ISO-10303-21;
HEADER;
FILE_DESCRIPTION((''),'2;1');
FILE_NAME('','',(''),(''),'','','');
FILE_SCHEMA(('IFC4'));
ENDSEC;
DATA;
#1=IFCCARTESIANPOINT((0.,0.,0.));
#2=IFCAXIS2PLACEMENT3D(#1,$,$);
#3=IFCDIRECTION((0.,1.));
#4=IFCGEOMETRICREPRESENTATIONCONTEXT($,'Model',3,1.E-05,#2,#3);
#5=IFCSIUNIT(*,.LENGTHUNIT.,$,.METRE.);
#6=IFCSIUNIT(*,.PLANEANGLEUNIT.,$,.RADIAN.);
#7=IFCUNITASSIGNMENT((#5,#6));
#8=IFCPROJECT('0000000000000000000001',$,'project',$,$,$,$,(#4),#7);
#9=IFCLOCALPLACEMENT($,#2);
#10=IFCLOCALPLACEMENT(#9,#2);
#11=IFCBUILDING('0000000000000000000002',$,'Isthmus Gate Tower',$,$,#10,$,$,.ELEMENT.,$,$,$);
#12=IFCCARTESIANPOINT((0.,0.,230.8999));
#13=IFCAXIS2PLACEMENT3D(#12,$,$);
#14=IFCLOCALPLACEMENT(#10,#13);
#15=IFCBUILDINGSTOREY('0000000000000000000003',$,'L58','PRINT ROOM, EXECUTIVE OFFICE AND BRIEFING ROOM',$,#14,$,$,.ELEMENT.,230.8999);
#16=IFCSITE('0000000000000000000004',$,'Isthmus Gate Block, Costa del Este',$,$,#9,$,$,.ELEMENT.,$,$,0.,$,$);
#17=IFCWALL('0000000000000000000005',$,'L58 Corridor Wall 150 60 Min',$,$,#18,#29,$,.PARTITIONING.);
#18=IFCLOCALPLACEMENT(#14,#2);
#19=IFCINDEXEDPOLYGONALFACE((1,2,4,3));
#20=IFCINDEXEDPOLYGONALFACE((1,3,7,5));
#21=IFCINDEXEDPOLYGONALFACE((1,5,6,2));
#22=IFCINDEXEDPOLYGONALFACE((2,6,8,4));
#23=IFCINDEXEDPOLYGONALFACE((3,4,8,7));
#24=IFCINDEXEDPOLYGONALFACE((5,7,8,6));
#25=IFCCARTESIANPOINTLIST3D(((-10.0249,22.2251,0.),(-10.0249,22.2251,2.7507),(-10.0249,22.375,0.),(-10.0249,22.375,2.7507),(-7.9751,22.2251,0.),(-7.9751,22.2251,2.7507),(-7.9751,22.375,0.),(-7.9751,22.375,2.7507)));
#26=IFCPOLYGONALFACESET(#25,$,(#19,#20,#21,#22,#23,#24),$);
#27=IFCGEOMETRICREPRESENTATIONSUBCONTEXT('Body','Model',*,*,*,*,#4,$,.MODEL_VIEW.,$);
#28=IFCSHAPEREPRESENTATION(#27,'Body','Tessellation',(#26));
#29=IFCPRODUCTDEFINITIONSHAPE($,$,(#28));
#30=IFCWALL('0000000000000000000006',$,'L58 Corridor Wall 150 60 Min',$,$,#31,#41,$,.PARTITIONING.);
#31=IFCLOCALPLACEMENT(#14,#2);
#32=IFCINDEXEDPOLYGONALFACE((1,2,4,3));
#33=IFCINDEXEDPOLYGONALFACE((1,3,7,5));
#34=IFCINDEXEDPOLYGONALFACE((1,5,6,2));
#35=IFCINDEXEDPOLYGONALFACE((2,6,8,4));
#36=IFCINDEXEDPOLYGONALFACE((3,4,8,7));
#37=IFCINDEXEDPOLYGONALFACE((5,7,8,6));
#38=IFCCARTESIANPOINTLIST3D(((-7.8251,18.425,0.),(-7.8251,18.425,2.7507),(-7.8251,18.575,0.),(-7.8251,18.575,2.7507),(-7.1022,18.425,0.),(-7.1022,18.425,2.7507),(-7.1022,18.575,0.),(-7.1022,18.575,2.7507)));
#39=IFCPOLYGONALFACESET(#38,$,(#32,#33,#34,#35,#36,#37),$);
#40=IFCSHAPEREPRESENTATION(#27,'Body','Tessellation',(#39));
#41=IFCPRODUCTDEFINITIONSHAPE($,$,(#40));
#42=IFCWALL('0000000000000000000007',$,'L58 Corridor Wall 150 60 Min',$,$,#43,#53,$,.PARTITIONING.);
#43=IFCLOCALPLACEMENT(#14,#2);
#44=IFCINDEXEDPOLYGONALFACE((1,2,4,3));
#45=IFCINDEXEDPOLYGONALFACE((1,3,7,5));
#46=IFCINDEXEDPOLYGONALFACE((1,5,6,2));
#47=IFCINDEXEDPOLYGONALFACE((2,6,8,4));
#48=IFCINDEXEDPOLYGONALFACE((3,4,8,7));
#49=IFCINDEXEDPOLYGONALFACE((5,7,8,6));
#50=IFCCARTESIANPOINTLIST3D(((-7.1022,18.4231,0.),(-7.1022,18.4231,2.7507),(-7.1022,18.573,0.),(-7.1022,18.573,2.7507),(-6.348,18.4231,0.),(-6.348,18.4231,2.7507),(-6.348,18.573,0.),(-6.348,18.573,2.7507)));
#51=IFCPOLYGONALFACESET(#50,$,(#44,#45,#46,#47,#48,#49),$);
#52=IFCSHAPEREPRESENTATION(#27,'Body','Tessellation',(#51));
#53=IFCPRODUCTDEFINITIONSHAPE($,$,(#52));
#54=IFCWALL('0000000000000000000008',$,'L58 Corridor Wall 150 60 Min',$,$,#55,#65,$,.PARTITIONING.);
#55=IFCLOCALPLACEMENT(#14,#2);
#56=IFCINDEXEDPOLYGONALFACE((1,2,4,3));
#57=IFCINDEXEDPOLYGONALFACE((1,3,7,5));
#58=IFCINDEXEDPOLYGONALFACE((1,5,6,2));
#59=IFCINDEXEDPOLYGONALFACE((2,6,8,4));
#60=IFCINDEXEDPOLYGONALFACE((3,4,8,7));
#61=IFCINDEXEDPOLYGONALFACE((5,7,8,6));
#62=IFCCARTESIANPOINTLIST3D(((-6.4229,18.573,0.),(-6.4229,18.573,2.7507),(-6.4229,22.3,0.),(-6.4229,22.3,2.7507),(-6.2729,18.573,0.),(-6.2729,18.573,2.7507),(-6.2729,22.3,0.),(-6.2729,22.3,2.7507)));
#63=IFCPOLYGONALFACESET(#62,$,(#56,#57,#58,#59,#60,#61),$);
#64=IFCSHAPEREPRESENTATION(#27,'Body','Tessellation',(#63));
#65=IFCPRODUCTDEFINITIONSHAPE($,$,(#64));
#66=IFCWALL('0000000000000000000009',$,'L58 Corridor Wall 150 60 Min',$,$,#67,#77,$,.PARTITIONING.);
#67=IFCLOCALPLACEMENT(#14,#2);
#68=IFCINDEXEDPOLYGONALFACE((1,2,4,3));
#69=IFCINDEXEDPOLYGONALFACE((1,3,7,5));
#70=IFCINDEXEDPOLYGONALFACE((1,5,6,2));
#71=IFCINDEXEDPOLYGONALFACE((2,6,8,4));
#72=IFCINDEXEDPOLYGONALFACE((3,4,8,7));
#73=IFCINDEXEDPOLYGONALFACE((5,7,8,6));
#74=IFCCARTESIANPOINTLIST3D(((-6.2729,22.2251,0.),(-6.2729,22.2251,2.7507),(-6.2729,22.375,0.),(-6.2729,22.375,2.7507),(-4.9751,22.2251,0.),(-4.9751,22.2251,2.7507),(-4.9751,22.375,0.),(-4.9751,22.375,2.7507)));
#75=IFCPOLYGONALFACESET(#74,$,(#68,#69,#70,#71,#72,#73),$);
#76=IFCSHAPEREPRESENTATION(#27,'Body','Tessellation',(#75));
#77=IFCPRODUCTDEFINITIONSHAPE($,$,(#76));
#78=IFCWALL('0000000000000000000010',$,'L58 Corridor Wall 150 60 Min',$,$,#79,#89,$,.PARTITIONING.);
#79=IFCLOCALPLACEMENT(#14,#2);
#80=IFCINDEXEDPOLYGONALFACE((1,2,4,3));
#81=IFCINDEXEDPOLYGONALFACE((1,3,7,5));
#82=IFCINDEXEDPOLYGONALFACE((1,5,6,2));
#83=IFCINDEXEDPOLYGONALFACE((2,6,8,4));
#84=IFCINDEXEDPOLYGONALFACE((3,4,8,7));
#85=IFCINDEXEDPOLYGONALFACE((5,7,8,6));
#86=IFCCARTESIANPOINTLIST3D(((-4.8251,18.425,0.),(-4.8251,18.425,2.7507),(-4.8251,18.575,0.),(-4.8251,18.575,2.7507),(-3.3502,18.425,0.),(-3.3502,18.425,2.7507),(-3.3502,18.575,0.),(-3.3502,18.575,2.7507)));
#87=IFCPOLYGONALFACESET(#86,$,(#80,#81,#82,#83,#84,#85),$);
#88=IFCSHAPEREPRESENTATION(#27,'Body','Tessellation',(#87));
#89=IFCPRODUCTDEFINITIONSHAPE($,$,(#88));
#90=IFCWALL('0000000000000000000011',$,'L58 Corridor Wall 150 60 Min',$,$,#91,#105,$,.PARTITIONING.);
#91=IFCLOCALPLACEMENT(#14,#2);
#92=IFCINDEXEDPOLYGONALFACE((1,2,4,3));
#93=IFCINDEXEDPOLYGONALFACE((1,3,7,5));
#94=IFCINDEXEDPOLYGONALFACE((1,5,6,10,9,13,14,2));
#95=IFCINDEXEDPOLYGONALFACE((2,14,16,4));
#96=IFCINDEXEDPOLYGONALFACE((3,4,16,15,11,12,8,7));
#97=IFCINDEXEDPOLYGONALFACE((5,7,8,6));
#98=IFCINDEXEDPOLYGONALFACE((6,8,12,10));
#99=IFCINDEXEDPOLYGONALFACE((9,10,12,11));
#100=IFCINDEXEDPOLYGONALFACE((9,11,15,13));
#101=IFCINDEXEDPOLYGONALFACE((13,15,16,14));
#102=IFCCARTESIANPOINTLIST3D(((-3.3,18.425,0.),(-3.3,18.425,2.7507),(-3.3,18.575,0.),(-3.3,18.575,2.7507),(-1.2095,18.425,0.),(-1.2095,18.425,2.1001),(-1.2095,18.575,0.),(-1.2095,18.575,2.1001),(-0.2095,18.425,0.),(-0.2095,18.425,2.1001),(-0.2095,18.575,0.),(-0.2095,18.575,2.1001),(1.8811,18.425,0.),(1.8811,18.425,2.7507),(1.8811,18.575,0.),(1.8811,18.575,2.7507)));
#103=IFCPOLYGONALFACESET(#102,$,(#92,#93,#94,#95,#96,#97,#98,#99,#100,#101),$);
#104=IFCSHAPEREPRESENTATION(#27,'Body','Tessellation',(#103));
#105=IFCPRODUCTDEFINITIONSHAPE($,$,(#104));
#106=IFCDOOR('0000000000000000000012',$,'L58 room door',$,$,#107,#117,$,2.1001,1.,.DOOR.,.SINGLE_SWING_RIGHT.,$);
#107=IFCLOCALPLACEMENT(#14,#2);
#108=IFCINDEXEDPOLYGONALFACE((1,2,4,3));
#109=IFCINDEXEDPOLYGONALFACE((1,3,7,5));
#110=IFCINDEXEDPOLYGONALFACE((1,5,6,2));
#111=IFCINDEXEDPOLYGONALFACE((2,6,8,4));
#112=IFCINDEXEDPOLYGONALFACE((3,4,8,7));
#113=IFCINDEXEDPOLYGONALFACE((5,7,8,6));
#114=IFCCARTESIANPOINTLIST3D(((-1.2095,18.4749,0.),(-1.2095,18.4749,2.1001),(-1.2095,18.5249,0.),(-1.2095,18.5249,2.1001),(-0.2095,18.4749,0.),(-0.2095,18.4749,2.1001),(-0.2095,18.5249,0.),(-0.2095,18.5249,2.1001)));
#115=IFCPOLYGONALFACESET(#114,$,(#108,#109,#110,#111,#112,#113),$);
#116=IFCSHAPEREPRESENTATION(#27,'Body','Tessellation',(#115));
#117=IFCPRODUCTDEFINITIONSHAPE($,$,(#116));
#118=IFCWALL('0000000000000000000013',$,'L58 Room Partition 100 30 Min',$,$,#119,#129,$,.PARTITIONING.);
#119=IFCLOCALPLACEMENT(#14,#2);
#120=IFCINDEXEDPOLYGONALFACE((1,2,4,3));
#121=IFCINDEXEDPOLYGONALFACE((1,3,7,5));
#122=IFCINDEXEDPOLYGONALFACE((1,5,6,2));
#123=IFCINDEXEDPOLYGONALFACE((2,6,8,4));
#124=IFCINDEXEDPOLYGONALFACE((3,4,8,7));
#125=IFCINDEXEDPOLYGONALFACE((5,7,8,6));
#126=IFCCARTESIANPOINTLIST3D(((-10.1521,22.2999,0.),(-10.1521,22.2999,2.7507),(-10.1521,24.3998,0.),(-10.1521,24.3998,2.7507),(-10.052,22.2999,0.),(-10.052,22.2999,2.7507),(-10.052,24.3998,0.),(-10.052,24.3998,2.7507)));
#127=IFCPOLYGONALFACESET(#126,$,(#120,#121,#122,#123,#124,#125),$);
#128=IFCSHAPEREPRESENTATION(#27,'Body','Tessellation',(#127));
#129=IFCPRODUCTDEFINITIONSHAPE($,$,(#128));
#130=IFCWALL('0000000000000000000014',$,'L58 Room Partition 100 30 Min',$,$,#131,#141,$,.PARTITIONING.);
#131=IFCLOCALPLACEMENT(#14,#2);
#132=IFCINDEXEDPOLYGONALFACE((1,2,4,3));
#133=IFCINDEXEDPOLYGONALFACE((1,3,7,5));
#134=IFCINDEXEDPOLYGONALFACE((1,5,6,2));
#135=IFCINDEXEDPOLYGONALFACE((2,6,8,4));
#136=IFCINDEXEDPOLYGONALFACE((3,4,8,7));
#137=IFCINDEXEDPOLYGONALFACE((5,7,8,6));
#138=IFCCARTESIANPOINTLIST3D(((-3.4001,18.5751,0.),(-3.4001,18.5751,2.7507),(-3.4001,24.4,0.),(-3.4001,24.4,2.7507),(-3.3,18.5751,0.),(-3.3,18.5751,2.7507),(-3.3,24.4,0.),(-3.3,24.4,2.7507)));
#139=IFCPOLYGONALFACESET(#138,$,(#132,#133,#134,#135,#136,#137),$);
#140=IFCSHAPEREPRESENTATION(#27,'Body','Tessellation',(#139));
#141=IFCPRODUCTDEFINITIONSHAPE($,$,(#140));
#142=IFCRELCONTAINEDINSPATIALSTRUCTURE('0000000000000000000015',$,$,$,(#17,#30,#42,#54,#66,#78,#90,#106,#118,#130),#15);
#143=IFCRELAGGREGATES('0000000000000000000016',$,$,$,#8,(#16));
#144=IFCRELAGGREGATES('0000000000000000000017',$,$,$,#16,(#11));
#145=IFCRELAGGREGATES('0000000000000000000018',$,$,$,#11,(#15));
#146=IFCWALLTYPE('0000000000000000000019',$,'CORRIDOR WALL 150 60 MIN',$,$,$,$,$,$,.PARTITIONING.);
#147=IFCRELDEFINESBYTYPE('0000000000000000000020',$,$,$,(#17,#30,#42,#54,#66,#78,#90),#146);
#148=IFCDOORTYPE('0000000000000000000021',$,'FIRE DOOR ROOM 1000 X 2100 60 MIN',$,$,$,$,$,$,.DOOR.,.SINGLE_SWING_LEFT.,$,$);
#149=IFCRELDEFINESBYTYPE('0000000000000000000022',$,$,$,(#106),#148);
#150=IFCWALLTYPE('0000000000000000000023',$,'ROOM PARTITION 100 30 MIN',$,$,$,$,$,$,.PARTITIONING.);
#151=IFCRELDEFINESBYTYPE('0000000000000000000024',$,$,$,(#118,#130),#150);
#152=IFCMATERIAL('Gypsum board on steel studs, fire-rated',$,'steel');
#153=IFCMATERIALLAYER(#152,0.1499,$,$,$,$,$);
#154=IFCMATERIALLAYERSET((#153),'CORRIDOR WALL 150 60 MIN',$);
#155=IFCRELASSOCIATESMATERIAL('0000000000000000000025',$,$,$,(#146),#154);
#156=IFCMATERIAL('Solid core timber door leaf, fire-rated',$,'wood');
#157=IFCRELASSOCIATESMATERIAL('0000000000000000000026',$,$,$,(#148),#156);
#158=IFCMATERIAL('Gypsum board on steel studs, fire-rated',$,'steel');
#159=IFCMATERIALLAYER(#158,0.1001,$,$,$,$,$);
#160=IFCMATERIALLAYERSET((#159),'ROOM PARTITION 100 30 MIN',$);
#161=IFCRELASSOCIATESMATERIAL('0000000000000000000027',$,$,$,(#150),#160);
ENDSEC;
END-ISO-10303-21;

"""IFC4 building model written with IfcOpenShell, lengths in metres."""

from ifc_helpers import new_model, si_unit, direction, frame, frame_2d, origin, place, context, subcontext, project, spatial, rectangle, extrude, material, layer, layer_set, type_object, element, fill, save


model = new_model("IFC4")

# Units and contexts
model_context = context("Model", 3, precision=1e-05, world=origin(), true_north=direction((0.0, 1.0)))
body_context = subcontext(model_context, "Body", "Model", "MODEL_VIEW")
ifc_project = project(units=[si_unit("LENGTHUNIT", "METRE"), si_unit("PLANEANGLEUNIT", "RADIAN")], contexts=[model_context])

# Site, building, storey
site_placement = place(None, origin())
site = spatial("IfcSite", under=ifc_project, at=site_placement, Name="Isthmus Gate Block, Costa del Este", CompositionType="ELEMENT", RefElevation=0.0)
building_placement = place(site_placement, origin())
building = spatial("IfcBuilding", under=site, at=building_placement, Name="Isthmus Gate Tower", CompositionType="ELEMENT")
storey_placement = place(building_placement, frame((0.0, 0.0, 230.8999)))
storey = spatial("IfcBuildingStorey", under=building, at=storey_placement, Name="L58", Description="PRINT ROOM, EXECUTIVE OFFICE AND BRIEFING ROOM", CompositionType="ELEMENT", Elevation=230.8999)

# Shared definitions
ifc_material_1 = material(Name="Gypsum board on steel studs, fire-rated", Category="steel")
ifc_layer_1 = layer(ifc_material_1, 0.1499)
ifc_layer_set_1 = layer_set([ifc_layer_1], Name="CORRIDOR WALL 150 60 MIN")
wall_type_1 = type_object("IfcWallType", Name="CORRIDOR WALL 150 60 MIN", PredefinedType="PARTITIONING", material=ifc_layer_set_1)
ifc_material_2 = material(Name="Solid core timber door leaf, fire-rated", Category="wood")
door_type = type_object("IfcDoorType", Name="FIRE DOOR ROOM 1000 X 2100 60 MIN", OperationType="SINGLE_SWING_LEFT", PredefinedType="DOOR", material=ifc_material_2)

# Walls
wall_1_placement = place(storey_placement, frame((-10.0249, 22.3, 0.0), z_axis=(0.0, 0.0, 1.0), x_axis=(1.0, 0.0, 0.0)))
element("IfcWall", 1, at=wall_1_placement, inside=storey, type_object=wall_type_1, Name="L58 Corridor Wall 150 60 Min", PredefinedType="PARTITIONING", context=body_context, shape_type="SweptSolid", body=[
    extrude(rectangle(XDim=2.0498, YDim=0.1499, at=frame_2d((1.0249, 0.0))), origin(), (0.0, 0.0, 1.0), 2.7507),
])
wall_2_placement = place(storey_placement, frame((-7.825, 18.5, 0.0), z_axis=(0.0, 0.0, 1.0), x_axis=(1.0, 0.0, 0.0)))
element("IfcWall", 2, at=wall_2_placement, inside=storey, type_object=wall_type_1, Name="L58 Corridor Wall 150 60 Min", PredefinedType="PARTITIONING", context=body_context, shape_type="SweptSolid", body=[
    extrude(rectangle(XDim=0.7229, YDim=0.1499, at=frame_2d((0.3613, 0.0))), origin(), (0.0, 0.0, 1.0), 2.7507),
])
wall_3_placement = place(storey_placement, frame((-7.1021, 18.498, 0.0), z_axis=(0.0, 0.0, 1.0), x_axis=(1.0, 0.0, 0.0)))
element("IfcWall", 3, at=wall_3_placement, inside=storey, type_object=wall_type_1, Name="L58 Corridor Wall 150 60 Min", PredefinedType="PARTITIONING", context=body_context, shape_type="SweptSolid", body=[
    extrude(rectangle(XDim=0.7542, YDim=0.1499, at=frame_2d((0.377, 0.0))), origin(), (0.0, 0.0, 1.0), 2.7507),
])
wall_4_placement = place(storey_placement, frame((-6.3479, 18.573, 0.0), z_axis=(0.0, 0.0, 1.0), x_axis=(0.0, 1.0, 0.0)))
element("IfcWall", 4, at=wall_4_placement, inside=storey, type_object=wall_type_1, Name="L58 Corridor Wall 150 60 Min", PredefinedType="PARTITIONING", context=body_context, shape_type="SweptSolid", body=[
    extrude(rectangle(XDim=3.7271, YDim=0.1499, at=frame_2d((1.8635, 0.0))), origin(), (0.0, 0.0, 1.0), 2.7507),
])
wall_5_placement = place(storey_placement, frame((-6.2729, 22.3, 0.0), z_axis=(0.0, 0.0, 1.0), x_axis=(1.0, 0.0, 0.0)))
element("IfcWall", 5, at=wall_5_placement, inside=storey, type_object=wall_type_1, Name="L58 Corridor Wall 150 60 Min", PredefinedType="PARTITIONING", context=body_context, shape_type="SweptSolid", body=[
    extrude(rectangle(XDim=1.2979, YDim=0.1499, at=frame_2d((0.6489, 0.0))), origin(), (0.0, 0.0, 1.0), 2.7507),
])
wall_6_placement = place(storey_placement, frame((-4.825, 18.5, 0.0), z_axis=(0.0, 0.0, 1.0), x_axis=(1.0, 0.0, 0.0)))
element("IfcWall", 6, at=wall_6_placement, inside=storey, type_object=wall_type_1, Name="L58 Corridor Wall 150 60 Min", PredefinedType="PARTITIONING", context=body_context, shape_type="SweptSolid", body=[
    extrude(rectangle(XDim=1.4749, YDim=0.1499, at=frame_2d((0.7373, 0.0))), origin(), (0.0, 0.0, 1.0), 2.7507),
])

# Wall, opening, door
wall_7_placement = place(storey_placement, frame((-3.3, 18.5, 0.0), z_axis=(0.0, 0.0, 1.0), x_axis=(1.0, 0.0, 0.0)))
wall_7 = element("IfcWall", 7, at=wall_7_placement, inside=storey, type_object=wall_type_1, Name="L58 Corridor Wall 150 60 Min", PredefinedType="PARTITIONING", context=body_context, shape_type="SweptSolid", body=[
    extrude(rectangle(XDim=5.1812, YDim=0.1499, at=frame_2d((2.5906, 0.0))), origin(), (0.0, 0.0, 1.0), 2.7507),
])
opening_1_placement = place(wall_7_placement, frame((2.0906, 0.0, 0.0)))
opening_1 = element("IfcOpeningElement", 8, at=opening_1_placement, cuts=wall_7, PredefinedType="OPENING", context=body_context, shape_type="SweptSolid", body=[
    extrude(rectangle(XDim=1.0, YDim=2.1001, at=frame_2d((0.5, 1.05))), frame((0.0, 0.085, 0.0), z_axis=(0.0, -1.0, 0.0), x_axis=(1.0, 0.0, 0.0)), (0.0, 0.0, 1.0), 0.1699),
])
door_1_placement = place(opening_1_placement, origin())
door_1 = element("IfcDoor", 9, at=door_1_placement, inside=storey, type_object=door_type, Name="L58 room door", OperationType="SINGLE_SWING_RIGHT", OverallHeight=2.1001, OverallWidth=1.0, PredefinedType="DOOR", context=body_context, shape_type="SweptSolid", body=[
    extrude(rectangle(XDim=1.0, YDim=2.1001, at=frame_2d((0.5, 1.05))), frame((0.0, 0.0249, 0.0), z_axis=(0.0, -1.0, 0.0), x_axis=(1.0, 0.0, 0.0)), (0.0, 0.0, 1.0), 0.05),
])
fill(opening_1, door_1)

# Walls
ifc_material_3 = material(Name="Gypsum board on steel studs, fire-rated", Category="steel")
ifc_layer_2 = layer(ifc_material_3, 0.1001)
ifc_layer_set_2 = layer_set([ifc_layer_2], Name="ROOM PARTITION 100 30 MIN")
wall_type_2 = type_object("IfcWallType", Name="ROOM PARTITION 100 30 MIN", PredefinedType="PARTITIONING", material=ifc_layer_set_2)
wall_8_placement = place(storey_placement, frame((-10.1021, 22.3, 0.0), z_axis=(0.0, 0.0, 1.0), x_axis=(0.0, 1.0, 0.0)))
element("IfcWall", 10, at=wall_8_placement, inside=storey, type_object=wall_type_2, Name="L58 Room Partition 100 30 Min", PredefinedType="PARTITIONING", context=body_context, shape_type="SweptSolid", body=[
    extrude(rectangle(XDim=2.0999, YDim=0.1001, at=frame_2d((1.0498, 0.0))), origin(), (0.0, 0.0, 1.0), 2.7507),
])
wall_9_placement = place(storey_placement, frame((-3.3501, 18.575, 0.0), z_axis=(0.0, 0.0, 1.0), x_axis=(0.0, 1.0, 0.0)))
element("IfcWall", 11, at=wall_9_placement, inside=storey, type_object=wall_type_2, Name="L58 Room Partition 100 30 Min", PredefinedType="PARTITIONING", context=body_context, shape_type="SweptSolid", body=[
    extrude(rectangle(XDim=5.825, YDim=0.1001, at=frame_2d((2.9126, 0.0))), origin(), (0.0, 0.0, 1.0), 2.7507),
])

save(model, "model.ifc")
